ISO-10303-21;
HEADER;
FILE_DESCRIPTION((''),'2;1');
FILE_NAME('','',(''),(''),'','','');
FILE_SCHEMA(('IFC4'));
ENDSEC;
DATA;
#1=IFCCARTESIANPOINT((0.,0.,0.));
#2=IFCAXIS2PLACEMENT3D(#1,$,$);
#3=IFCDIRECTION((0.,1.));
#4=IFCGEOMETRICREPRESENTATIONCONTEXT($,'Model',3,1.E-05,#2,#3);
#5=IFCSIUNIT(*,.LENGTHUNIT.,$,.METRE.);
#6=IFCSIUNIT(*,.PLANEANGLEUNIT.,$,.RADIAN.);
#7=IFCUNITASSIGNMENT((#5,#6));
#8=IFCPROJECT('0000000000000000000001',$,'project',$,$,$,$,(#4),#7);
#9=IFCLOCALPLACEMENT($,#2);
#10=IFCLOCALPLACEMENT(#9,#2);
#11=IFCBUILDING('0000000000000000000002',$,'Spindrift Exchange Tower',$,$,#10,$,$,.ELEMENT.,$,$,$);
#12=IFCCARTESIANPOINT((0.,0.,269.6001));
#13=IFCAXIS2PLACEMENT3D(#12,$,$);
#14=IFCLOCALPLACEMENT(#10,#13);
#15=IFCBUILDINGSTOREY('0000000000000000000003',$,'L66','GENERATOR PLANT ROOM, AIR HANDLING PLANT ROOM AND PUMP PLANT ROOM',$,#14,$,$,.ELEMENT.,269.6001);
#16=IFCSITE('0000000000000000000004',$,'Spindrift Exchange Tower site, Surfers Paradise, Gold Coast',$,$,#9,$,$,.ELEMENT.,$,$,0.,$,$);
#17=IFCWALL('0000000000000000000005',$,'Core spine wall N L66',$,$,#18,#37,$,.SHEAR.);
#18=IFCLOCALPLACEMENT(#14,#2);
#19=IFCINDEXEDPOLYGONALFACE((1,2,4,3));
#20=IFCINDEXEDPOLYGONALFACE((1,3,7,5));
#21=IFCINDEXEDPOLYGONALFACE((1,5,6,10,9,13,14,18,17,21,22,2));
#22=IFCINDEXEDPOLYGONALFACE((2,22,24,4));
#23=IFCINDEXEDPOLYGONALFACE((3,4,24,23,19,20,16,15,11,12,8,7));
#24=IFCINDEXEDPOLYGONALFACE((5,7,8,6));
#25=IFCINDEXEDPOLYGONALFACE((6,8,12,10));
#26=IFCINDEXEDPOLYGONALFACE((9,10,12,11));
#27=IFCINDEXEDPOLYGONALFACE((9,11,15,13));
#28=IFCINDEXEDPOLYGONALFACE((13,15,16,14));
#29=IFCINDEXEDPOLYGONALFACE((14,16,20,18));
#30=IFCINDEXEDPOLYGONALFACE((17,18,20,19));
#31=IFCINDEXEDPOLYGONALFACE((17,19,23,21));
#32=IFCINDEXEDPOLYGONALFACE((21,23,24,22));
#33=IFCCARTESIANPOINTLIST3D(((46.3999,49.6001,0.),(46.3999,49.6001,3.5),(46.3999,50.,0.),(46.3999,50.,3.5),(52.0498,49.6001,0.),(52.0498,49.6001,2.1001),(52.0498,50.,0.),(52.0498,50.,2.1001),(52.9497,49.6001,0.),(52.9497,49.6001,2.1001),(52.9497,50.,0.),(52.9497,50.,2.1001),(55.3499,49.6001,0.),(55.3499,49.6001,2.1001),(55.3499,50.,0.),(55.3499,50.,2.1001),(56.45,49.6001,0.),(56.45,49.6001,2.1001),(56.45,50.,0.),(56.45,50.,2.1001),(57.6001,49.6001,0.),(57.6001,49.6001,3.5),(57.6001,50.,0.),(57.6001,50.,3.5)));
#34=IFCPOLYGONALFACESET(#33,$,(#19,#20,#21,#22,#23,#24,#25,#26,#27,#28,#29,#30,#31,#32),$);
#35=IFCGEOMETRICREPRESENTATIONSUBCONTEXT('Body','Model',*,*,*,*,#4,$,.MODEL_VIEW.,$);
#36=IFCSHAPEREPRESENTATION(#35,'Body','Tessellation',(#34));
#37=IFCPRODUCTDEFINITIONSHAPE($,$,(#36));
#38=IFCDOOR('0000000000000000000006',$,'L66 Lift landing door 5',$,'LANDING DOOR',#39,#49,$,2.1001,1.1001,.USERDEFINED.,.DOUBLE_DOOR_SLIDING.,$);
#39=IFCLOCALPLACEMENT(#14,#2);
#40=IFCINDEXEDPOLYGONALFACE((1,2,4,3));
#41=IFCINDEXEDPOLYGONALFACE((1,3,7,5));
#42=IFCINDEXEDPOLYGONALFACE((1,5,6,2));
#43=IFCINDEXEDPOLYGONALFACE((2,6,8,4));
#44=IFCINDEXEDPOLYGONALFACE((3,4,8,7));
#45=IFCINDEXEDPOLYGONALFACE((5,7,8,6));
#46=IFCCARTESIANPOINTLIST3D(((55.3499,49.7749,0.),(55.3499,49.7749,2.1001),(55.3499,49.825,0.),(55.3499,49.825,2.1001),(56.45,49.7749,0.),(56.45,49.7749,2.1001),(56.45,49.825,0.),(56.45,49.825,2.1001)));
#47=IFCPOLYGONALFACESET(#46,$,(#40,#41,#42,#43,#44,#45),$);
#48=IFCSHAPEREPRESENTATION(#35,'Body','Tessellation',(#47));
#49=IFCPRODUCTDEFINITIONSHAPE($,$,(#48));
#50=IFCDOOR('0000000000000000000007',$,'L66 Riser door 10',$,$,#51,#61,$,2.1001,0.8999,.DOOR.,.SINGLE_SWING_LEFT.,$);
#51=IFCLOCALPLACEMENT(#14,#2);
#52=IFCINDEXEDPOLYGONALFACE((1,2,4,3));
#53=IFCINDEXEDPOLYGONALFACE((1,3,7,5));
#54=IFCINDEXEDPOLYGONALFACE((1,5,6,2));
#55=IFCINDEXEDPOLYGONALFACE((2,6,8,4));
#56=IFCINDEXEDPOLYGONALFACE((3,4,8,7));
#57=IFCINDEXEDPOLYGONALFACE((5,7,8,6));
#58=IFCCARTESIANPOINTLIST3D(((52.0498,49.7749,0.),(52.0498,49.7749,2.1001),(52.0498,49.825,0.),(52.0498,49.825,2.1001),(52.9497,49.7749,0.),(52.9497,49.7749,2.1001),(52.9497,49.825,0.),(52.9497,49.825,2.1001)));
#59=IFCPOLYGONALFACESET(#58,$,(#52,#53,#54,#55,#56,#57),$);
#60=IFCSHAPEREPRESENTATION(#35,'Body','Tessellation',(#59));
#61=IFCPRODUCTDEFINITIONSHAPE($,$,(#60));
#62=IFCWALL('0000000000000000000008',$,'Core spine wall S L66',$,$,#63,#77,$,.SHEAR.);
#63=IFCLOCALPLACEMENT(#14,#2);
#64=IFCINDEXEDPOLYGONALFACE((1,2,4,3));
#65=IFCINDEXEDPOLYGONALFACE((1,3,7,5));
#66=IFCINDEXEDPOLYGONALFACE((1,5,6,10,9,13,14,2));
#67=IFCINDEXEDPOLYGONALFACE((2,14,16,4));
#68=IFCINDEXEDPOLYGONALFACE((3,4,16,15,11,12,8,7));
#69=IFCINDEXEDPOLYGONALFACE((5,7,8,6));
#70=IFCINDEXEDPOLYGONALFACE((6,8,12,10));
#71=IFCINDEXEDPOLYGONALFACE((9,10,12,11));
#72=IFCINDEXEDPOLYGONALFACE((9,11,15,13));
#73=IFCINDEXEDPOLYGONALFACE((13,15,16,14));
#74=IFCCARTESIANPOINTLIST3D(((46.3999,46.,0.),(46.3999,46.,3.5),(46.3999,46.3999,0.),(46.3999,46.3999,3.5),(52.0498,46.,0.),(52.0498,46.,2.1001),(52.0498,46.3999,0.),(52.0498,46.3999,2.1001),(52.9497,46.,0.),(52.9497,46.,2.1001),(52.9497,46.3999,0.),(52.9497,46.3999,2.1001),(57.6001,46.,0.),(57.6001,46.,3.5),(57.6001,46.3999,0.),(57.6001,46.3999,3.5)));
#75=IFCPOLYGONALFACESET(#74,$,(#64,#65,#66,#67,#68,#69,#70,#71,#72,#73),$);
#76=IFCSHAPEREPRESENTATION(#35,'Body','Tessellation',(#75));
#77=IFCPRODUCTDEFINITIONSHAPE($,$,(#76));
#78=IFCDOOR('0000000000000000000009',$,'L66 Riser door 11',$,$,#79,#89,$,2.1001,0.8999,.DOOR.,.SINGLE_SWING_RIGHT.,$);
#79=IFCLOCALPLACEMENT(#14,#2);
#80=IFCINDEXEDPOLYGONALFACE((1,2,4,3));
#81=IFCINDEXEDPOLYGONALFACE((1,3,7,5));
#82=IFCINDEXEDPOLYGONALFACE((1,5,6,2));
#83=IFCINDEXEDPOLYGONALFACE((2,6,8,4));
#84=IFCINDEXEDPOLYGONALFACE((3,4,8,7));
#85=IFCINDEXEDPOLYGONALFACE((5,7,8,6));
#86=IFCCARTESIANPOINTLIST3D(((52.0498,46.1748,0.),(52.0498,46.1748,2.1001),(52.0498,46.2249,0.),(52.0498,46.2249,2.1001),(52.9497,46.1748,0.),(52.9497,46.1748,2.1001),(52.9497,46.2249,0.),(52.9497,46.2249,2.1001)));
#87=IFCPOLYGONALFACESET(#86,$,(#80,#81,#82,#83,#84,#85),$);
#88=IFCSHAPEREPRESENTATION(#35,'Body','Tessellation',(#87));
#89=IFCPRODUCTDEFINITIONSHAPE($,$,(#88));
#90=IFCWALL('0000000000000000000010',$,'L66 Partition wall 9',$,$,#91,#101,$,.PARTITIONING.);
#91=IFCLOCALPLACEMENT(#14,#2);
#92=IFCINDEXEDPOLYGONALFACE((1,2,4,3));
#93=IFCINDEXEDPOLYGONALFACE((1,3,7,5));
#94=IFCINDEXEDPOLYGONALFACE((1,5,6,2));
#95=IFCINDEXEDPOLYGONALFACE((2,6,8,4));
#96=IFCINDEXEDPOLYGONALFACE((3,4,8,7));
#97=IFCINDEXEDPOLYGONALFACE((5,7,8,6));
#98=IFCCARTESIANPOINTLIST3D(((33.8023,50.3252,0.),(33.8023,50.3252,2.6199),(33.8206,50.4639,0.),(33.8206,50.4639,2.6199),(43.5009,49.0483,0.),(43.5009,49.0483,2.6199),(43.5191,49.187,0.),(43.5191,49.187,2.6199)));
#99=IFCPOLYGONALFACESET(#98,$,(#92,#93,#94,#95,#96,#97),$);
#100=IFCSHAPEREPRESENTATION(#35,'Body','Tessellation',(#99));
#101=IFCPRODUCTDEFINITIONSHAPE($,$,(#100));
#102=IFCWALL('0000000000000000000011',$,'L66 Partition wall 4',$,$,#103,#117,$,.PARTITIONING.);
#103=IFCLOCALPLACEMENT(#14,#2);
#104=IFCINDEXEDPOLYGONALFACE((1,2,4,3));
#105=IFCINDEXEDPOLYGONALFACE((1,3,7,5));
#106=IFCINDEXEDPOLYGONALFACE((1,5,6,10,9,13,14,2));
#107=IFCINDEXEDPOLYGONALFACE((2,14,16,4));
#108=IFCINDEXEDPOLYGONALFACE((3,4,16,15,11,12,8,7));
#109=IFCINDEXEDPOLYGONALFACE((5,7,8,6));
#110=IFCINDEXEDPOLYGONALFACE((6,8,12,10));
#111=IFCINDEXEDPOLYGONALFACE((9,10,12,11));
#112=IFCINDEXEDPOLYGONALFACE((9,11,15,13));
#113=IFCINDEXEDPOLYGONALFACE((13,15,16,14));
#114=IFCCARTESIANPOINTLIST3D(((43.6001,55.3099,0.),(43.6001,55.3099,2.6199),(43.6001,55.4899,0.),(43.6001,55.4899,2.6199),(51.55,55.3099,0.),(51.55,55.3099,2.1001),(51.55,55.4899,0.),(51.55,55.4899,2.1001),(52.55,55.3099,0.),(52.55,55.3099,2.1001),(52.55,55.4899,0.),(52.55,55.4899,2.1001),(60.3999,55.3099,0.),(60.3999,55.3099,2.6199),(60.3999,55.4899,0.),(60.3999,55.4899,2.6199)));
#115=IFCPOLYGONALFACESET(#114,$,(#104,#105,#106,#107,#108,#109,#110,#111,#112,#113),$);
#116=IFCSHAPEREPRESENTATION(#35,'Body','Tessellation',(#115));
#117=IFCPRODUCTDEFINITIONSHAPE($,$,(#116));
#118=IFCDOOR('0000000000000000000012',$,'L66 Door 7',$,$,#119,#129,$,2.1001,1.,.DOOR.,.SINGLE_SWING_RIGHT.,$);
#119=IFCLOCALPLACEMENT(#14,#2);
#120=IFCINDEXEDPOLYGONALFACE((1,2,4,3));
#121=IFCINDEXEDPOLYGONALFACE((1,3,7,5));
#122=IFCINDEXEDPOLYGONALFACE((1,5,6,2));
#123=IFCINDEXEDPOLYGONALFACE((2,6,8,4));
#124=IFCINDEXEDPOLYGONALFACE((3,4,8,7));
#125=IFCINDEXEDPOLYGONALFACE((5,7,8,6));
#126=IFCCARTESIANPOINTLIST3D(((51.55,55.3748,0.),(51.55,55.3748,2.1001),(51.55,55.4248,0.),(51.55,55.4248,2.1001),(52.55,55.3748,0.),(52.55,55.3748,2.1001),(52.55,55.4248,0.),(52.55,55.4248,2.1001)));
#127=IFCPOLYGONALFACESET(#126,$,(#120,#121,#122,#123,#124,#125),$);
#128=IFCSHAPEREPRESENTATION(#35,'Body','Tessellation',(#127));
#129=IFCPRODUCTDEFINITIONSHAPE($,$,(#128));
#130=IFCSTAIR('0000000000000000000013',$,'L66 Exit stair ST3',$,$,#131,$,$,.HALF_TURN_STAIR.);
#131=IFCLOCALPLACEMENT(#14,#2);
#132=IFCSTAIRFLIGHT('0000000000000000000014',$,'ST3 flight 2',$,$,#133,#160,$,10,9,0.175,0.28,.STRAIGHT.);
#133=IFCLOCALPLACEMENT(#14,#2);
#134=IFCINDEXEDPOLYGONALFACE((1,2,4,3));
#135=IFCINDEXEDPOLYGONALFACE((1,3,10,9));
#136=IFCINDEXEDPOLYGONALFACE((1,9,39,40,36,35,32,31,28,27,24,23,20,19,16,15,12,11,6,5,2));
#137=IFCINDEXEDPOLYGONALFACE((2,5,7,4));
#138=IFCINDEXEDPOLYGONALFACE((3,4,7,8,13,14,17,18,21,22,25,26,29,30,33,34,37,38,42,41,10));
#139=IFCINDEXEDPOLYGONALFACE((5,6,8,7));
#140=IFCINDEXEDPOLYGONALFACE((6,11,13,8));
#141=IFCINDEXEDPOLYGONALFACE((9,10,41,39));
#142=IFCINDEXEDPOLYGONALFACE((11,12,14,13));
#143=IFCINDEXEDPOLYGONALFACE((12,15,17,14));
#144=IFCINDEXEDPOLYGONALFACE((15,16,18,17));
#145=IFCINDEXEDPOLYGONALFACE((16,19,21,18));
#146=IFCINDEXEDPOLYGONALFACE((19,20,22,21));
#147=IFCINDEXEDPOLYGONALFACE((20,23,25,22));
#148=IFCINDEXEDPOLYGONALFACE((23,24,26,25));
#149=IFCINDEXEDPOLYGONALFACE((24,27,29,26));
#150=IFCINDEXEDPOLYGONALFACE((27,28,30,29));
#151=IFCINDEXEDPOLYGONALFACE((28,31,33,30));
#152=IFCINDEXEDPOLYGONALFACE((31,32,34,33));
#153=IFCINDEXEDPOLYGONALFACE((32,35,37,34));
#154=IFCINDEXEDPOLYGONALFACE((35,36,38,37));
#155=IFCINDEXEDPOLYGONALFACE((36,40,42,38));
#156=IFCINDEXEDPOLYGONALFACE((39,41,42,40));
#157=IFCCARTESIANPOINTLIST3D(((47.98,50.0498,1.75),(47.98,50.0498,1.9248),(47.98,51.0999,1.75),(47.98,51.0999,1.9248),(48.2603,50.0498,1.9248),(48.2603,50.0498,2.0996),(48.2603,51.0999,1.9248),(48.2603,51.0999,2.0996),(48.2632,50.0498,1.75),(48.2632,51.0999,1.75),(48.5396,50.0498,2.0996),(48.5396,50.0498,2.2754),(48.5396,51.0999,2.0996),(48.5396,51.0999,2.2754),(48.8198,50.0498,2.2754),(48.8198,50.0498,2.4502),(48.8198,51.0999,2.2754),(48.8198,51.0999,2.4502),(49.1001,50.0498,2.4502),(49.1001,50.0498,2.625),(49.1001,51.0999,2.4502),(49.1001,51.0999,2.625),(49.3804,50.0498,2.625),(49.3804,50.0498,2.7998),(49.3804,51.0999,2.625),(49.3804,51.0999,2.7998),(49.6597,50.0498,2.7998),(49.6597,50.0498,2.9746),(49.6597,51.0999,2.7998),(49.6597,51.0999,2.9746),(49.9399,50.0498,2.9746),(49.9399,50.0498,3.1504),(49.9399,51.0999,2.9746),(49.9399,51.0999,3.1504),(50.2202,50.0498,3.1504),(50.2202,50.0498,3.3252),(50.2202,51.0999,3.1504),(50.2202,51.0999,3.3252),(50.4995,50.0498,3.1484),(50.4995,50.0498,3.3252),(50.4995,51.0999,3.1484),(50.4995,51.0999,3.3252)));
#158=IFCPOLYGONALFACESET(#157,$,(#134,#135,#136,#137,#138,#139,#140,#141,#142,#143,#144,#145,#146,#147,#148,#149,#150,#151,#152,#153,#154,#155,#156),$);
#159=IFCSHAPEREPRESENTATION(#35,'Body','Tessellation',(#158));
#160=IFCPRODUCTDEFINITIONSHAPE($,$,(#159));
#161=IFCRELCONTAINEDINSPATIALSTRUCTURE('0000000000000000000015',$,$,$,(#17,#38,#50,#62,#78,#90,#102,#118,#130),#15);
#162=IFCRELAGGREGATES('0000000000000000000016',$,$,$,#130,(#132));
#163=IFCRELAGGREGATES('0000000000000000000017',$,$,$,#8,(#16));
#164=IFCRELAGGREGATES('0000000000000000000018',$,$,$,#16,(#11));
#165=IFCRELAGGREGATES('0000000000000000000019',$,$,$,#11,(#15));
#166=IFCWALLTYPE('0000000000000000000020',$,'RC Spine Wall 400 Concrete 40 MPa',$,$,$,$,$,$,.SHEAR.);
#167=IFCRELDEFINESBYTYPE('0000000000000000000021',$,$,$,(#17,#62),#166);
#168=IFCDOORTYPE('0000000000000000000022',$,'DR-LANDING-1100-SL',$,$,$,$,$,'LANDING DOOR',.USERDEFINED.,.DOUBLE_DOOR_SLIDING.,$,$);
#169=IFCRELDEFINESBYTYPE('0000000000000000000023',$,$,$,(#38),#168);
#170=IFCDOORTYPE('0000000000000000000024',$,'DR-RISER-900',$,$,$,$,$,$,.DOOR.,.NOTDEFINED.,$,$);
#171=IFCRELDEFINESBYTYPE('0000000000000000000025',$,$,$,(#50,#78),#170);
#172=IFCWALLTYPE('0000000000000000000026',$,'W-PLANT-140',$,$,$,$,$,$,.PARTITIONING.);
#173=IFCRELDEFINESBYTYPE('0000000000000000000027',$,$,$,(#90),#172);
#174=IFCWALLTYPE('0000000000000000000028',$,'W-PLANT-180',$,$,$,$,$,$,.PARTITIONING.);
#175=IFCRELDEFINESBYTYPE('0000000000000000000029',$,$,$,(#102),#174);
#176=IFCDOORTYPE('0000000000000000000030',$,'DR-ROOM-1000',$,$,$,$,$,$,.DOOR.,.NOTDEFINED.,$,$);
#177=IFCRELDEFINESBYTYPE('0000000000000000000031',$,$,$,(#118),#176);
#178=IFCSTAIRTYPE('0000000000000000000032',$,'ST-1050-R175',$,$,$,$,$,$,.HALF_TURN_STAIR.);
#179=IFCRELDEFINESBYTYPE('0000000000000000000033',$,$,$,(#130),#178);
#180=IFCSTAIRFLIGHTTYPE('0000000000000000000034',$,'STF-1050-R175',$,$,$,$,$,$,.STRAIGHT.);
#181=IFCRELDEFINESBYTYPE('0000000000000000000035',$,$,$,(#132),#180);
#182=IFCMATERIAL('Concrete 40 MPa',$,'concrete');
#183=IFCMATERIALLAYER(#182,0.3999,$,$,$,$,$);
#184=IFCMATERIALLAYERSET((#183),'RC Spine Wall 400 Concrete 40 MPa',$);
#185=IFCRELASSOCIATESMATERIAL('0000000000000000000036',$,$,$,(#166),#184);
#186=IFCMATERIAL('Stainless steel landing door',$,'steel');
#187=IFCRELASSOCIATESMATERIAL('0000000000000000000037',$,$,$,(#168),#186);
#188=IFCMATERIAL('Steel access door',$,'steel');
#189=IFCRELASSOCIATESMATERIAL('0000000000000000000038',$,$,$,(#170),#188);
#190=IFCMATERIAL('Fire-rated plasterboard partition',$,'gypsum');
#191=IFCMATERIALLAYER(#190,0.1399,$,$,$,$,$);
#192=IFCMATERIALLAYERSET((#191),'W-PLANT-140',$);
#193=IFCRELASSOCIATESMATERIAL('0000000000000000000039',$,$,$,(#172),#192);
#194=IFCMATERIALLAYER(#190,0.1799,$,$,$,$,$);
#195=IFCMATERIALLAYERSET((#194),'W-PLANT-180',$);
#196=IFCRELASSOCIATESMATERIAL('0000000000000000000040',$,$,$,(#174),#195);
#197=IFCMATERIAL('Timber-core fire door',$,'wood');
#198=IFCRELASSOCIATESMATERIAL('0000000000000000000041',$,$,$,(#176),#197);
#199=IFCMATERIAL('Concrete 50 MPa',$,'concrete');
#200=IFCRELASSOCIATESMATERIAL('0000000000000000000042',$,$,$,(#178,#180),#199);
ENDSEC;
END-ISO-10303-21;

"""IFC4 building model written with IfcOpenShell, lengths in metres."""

from ifc_helpers import new_model, si_unit, direction, frame, frame_2d, origin, place, context, subcontext, project, spatial, line, indexed_curve, rectangle, outline, extrude, source, transform, mapped, material, layer, layer_set, type_object, element, fill, aggregate, save


model = new_model("IFC4")

# Units and contexts
model_context = context("Model", 3, precision=1e-05, world=origin(), true_north=direction((0.0, 1.0)))
body_context = subcontext(model_context, "Body", "Model", "MODEL_VIEW")
ifc_project = project(units=[si_unit("LENGTHUNIT", "METRE"), si_unit("PLANEANGLEUNIT", "RADIAN")], contexts=[model_context])

# Site, building, storey
site_placement = place(None, origin())
site = spatial("IfcSite", under=ifc_project, at=site_placement, Name="Spindrift Exchange Tower site, Surfers Paradise, Gold Coast", CompositionType="ELEMENT", RefElevation=0.0)
building_placement = place(site_placement, origin())
building = spatial("IfcBuilding", under=site, at=building_placement, Name="Spindrift Exchange Tower", CompositionType="ELEMENT")
storey_placement = place(building_placement, frame((0.0, 0.0, 269.6001)))
storey = spatial("IfcBuildingStorey", under=building, at=storey_placement, Name="L66", Description="GENERATOR PLANT ROOM, AIR HANDLING PLANT ROOM AND PUMP PLANT ROOM", CompositionType="ELEMENT", Elevation=269.6001)

# Shared definitions
ifc_material_1 = material(Name="Concrete 40 MPa", Category="concrete")

# Wall, openings, doors
ifc_material_2 = material(Name="Timber-core fire door", Category="wood")
ifc_layer_1 = layer(ifc_material_1, 0.3999)
ifc_layer_set_1 = layer_set([ifc_layer_1], Name="RC Spine Wall 400 Concrete 40 MPa")
wall_type_1 = type_object("IfcWallType", Name="RC Spine Wall 400 Concrete 40 MPa", PredefinedType="SHEAR", material=ifc_layer_set_1)
wall_1_placement = place(storey_placement, frame((46.3999, 49.8, 0.0), z_axis=(0.0, 0.0, 1.0), x_axis=(1.0, 0.0, 0.0)))
wall_1 = element("IfcWall", 1, at=wall_1_placement, inside=storey, type_object=wall_type_1, Name="Core spine wall N L66", PredefinedType="SHEAR", context=body_context, shape_type="SweptSolid", body=[
    extrude(rectangle(XDim=11.2002, YDim=0.3999, at=frame_2d((5.6001, 0.0))), origin(), (0.0, 0.0, 1.0), 3.5),
])
opening_1_placement = place(wall_1_placement, frame((8.95, 0.0, 0.0)))
opening_1 = element("IfcOpeningElement", 2, at=opening_1_placement, cuts=wall_1, PredefinedType="OPENING", context=body_context, shape_type="SweptSolid", body=[
    extrude(rectangle(XDim=1.1001, YDim=2.1001, at=frame_2d((0.55, 1.05))), frame((0.0, 0.21, 0.0), z_axis=(0.0, -1.0, 0.0), x_axis=(1.0, 0.0, 0.0)), (0.0, 0.0, 1.0), 0.4199),
])
opening_2_placement = place(wall_1_placement, frame((5.6499, 0.0, 0.0)))
opening_2 = element("IfcOpeningElement", 3, at=opening_2_placement, cuts=wall_1, PredefinedType="OPENING", context=body_context, shape_type="SweptSolid", body=[
    extrude(rectangle(XDim=0.8999, YDim=2.1001, at=frame_2d((0.45, 1.05))), frame((0.0, 0.21, 0.0), z_axis=(0.0, -1.0, 0.0), x_axis=(1.0, 0.0, 0.0)), (0.0, 0.0, 1.0), 0.4199),
])
ifc_material_3 = material(Name="Stainless steel landing door", Category="steel")
door_type_1 = type_object("IfcDoorType", Name="DR-LANDING-1100-SL", ElementType="LANDING DOOR", OperationType="DOUBLE_DOOR_SLIDING", PredefinedType="USERDEFINED", material=ifc_material_3)
shared_shape_1 = source(origin(), body_context, "Body", "SweptSolid", [
    extrude(rectangle(XDim=1.1001, YDim=2.1001, at=frame_2d((0.55, 1.05))), frame((0.0, 0.0249, 0.0), z_axis=(0.0, -1.0, 0.0), x_axis=(1.0, 0.0, 0.0)), (0.0, 0.0, 1.0), 0.05),
])
door_1_placement = place(opening_1_placement, origin())
door_1 = element("IfcDoor", 4, at=door_1_placement, inside=storey, type_object=door_type_1, Name="L66 Lift landing door 5", ObjectType="LANDING DOOR", OperationType="DOUBLE_DOOR_SLIDING", OverallHeight=2.1001, OverallWidth=1.1001, PredefinedType="USERDEFINED", context=body_context, shape_type="MappedRepresentation", body=[
    mapped(shared_shape_1, transform((0.0, 0.0, 0.0), scale=1.0)),
])
fill(opening_1, door_1)
ifc_material_4 = material(Name="Steel access door", Category="steel")
door_type_2 = type_object("IfcDoorType", Name="DR-RISER-900", OperationType="NOTDEFINED", PredefinedType="DOOR", material=ifc_material_4)
shared_shape_2 = source(origin(), body_context, "Body", "SweptSolid", [
    extrude(rectangle(XDim=0.8999, YDim=2.1001, at=frame_2d((0.45, 1.05))), frame((0.0, 0.0249, 0.0), z_axis=(0.0, -1.0, 0.0), x_axis=(1.0, 0.0, 0.0)), (0.0, 0.0, 1.0), 0.05),
])
door_2_placement = place(opening_2_placement, origin())
door_2 = element("IfcDoor", 5, at=door_2_placement, inside=storey, type_object=door_type_2, Name="L66 Riser door 10", OperationType="SINGLE_SWING_LEFT", OverallHeight=2.1001, OverallWidth=0.8999, PredefinedType="DOOR", context=body_context, shape_type="MappedRepresentation", body=[
    mapped(shared_shape_2, transform((0.0, 0.0, 0.0), scale=1.0)),
])
fill(opening_2, door_2)

# Wall, opening, door
wall_2_placement = place(storey_placement, frame((46.3999, 46.2, 0.0), z_axis=(0.0, 0.0, 1.0), x_axis=(1.0, 0.0, 0.0)))
wall_2 = element("IfcWall", 6, at=wall_2_placement, inside=storey, type_object=wall_type_1, Name="Core spine wall S L66", PredefinedType="SHEAR", context=body_context, shape_type="SweptSolid", body=[
    extrude(rectangle(XDim=11.2002, YDim=0.3999, at=frame_2d((5.6001, 0.0))), origin(), (0.0, 0.0, 1.0), 3.5),
])
opening_3_placement = place(wall_2_placement, frame((5.6499, 0.0, 0.0)))
opening_3 = element("IfcOpeningElement", 7, at=opening_3_placement, cuts=wall_2, PredefinedType="OPENING", context=body_context, shape_type="SweptSolid", body=[
    extrude(rectangle(XDim=0.8999, YDim=2.1001, at=frame_2d((0.45, 1.05))), frame((0.0, 0.21, 0.0), z_axis=(0.0, -1.0, 0.0), x_axis=(1.0, 0.0, 0.0)), (0.0, 0.0, 1.0), 0.4199),
])
door_3_placement = place(opening_3_placement, origin())
door_3 = element("IfcDoor", 8, at=door_3_placement, inside=storey, type_object=door_type_2, Name="L66 Riser door 11", OperationType="SINGLE_SWING_RIGHT", OverallHeight=2.1001, OverallWidth=0.8999, PredefinedType="DOOR", context=body_context, shape_type="MappedRepresentation", body=[
    mapped(shared_shape_2, transform((0.0, 0.0, 0.0), scale=1.0)),
])
fill(opening_3, door_3)

# Wall
ifc_material_5 = material(Name="Fire-rated plasterboard partition", Category="gypsum")
ifc_layer_2 = layer(ifc_material_5, 0.1399)
ifc_layer_set_2 = layer_set([ifc_layer_2], Name="W-PLANT-140")
wall_type_2 = type_object("IfcWallType", Name="W-PLANT-140", PredefinedType="PARTITIONING", material=ifc_layer_set_2)
wall_3_placement = place(storey_placement, frame((43.51, 49.1177, 0.0), z_axis=(0.0, 0.0, 1.0), x_axis=(-0.991445, 0.130529, 0.0)))
element("IfcWall", 9, at=wall_3_placement, inside=storey, type_object=wall_type_2, Name="L66 Partition wall 9", PredefinedType="PARTITIONING", context=body_context, shape_type="SweptSolid", body=[
    extrude(rectangle(XDim=9.7822, YDim=0.1399, at=frame_2d((4.8911, 0.0))), origin(), (0.0, 0.0, 1.0), 2.6199),
])

# Wall, opening, door
ifc_layer_3 = layer(ifc_material_5, 0.1799)
ifc_layer_set_3 = layer_set([ifc_layer_3], Name="W-PLANT-180")
wall_type_3 = type_object("IfcWallType", Name="W-PLANT-180", PredefinedType="PARTITIONING", material=ifc_layer_set_3)
wall_4_placement = place(storey_placement, frame((43.6001, 55.3999, 0.0), z_axis=(0.0, 0.0, 1.0), x_axis=(1.0, 0.0, 0.0)))
wall_4 = element("IfcWall", 10, at=wall_4_placement, inside=storey, type_object=wall_type_3, Name="L66 Partition wall 4", PredefinedType="PARTITIONING", context=body_context, shape_type="SweptSolid", body=[
    extrude(rectangle(XDim=16.7998, YDim=0.1799, at=frame_2d((8.3999, 0.0))), origin(), (0.0, 0.0, 1.0), 2.6199),
])
opening_4_placement = place(wall_4_placement, frame((7.95, 0.0, 0.0)))
opening_4 = element("IfcOpeningElement", 11, at=opening_4_placement, cuts=wall_4, PredefinedType="OPENING", context=body_context, shape_type="SweptSolid", body=[
    extrude(rectangle(XDim=1.0, YDim=2.1001, at=frame_2d((0.5, 1.05))), frame((0.0, 0.0999, 0.0), z_axis=(0.0, -1.0, 0.0), x_axis=(1.0, 0.0, 0.0)), (0.0, 0.0, 1.0), 0.2),
])
door_type_3 = type_object("IfcDoorType", Name="DR-ROOM-1000", OperationType="NOTDEFINED", PredefinedType="DOOR", material=ifc_material_2)
shared_shape_3 = source(origin(), body_context, "Body", "SweptSolid", [
    extrude(rectangle(XDim=1.0, YDim=2.1001, at=frame_2d((0.5, 1.05))), frame((0.0, 0.0249, 0.0), z_axis=(0.0, -1.0, 0.0), x_axis=(1.0, 0.0, 0.0)), (0.0, 0.0, 1.0), 0.05),
])
door_4_placement = place(opening_4_placement, origin())
door_4 = element("IfcDoor", 12, at=door_4_placement, inside=storey, type_object=door_type_3, Name="L66 Door 7", OperationType="SINGLE_SWING_RIGHT", OverallHeight=2.1001, OverallWidth=1.0, PredefinedType="DOOR", context=body_context, shape_type="MappedRepresentation", body=[
    mapped(shared_shape_3, transform((0.0, 0.0, 0.0), scale=1.0)),
])
fill(opening_4, door_4)

# Stair, stair flight
ifc_material_6 = material(Name="Concrete 50 MPa", Category="concrete")
stair_type = type_object("IfcStairType", Name="ST-1050-R175", PredefinedType="HALF_TURN_STAIR", material=ifc_material_6)
stair_placement = place(storey_placement, origin())
stair = element("IfcStair", 13, at=stair_placement, inside=storey, type_object=stair_type, Name="L66 Exit stair ST3", PredefinedType="HALF_TURN_STAIR")
stair_flight_type = type_object("IfcStairFlightType", Name="STF-1050-R175", PredefinedType="STRAIGHT", material=ifc_material_6)
stair_flight_placement = place(storey_placement, frame((47.98, 50.575, 1.75), z_axis=(0.0, 0.0, 1.0), x_axis=(1.0, 0.0, 0.0)))
stair_flight = element("IfcStairFlight", 14, at=stair_flight_placement, type_object=stair_flight_type, Name="ST3 flight 2", NumberOfRisers=10, NumberOfTreads=9, PredefinedType="STRAIGHT", RiserHeight=0.175, TreadLength=0.28, context=body_context, shape_type="SweptSolid", body=[
    extrude(outline(indexed_curve([(0.0, 0.0), (0.0, 0.1748), (0.2803, 0.1748), (0.2803, 0.3496), (0.5596, 0.3496), (0.5596, 0.5254), (0.8398, 0.5254), (0.8398, 0.7002), (1.1201, 0.7002), (1.1201, 0.875), (1.4004, 0.875), (1.4004, 1.0498), (1.6797, 1.0498), (1.6797, 1.2246), (1.96, 1.2246), (1.96, 1.4004), (2.2402, 1.4004), (2.2402, 1.5752), (2.5195, 1.5752), (2.5195, 1.75), (2.5195, 1.3984), (0.2832, 0.0)], segments=[line(1, 2, 3, 4, 5, 6, 7, 8, 9, 10, 11, 12, 13, 14, 15, 16, 17, 18, 19, 20, 21, 22, 1)], self_intersect=False)), frame((0.0, 0.5249, 0.0), z_axis=(0.0, -1.0, 0.0), x_axis=(1.0, 0.0, 0.0)), (0.0, 0.0, 1.0), 1.05),
])
aggregate(stair, [stair_flight])

save(model, "model.ifc")
